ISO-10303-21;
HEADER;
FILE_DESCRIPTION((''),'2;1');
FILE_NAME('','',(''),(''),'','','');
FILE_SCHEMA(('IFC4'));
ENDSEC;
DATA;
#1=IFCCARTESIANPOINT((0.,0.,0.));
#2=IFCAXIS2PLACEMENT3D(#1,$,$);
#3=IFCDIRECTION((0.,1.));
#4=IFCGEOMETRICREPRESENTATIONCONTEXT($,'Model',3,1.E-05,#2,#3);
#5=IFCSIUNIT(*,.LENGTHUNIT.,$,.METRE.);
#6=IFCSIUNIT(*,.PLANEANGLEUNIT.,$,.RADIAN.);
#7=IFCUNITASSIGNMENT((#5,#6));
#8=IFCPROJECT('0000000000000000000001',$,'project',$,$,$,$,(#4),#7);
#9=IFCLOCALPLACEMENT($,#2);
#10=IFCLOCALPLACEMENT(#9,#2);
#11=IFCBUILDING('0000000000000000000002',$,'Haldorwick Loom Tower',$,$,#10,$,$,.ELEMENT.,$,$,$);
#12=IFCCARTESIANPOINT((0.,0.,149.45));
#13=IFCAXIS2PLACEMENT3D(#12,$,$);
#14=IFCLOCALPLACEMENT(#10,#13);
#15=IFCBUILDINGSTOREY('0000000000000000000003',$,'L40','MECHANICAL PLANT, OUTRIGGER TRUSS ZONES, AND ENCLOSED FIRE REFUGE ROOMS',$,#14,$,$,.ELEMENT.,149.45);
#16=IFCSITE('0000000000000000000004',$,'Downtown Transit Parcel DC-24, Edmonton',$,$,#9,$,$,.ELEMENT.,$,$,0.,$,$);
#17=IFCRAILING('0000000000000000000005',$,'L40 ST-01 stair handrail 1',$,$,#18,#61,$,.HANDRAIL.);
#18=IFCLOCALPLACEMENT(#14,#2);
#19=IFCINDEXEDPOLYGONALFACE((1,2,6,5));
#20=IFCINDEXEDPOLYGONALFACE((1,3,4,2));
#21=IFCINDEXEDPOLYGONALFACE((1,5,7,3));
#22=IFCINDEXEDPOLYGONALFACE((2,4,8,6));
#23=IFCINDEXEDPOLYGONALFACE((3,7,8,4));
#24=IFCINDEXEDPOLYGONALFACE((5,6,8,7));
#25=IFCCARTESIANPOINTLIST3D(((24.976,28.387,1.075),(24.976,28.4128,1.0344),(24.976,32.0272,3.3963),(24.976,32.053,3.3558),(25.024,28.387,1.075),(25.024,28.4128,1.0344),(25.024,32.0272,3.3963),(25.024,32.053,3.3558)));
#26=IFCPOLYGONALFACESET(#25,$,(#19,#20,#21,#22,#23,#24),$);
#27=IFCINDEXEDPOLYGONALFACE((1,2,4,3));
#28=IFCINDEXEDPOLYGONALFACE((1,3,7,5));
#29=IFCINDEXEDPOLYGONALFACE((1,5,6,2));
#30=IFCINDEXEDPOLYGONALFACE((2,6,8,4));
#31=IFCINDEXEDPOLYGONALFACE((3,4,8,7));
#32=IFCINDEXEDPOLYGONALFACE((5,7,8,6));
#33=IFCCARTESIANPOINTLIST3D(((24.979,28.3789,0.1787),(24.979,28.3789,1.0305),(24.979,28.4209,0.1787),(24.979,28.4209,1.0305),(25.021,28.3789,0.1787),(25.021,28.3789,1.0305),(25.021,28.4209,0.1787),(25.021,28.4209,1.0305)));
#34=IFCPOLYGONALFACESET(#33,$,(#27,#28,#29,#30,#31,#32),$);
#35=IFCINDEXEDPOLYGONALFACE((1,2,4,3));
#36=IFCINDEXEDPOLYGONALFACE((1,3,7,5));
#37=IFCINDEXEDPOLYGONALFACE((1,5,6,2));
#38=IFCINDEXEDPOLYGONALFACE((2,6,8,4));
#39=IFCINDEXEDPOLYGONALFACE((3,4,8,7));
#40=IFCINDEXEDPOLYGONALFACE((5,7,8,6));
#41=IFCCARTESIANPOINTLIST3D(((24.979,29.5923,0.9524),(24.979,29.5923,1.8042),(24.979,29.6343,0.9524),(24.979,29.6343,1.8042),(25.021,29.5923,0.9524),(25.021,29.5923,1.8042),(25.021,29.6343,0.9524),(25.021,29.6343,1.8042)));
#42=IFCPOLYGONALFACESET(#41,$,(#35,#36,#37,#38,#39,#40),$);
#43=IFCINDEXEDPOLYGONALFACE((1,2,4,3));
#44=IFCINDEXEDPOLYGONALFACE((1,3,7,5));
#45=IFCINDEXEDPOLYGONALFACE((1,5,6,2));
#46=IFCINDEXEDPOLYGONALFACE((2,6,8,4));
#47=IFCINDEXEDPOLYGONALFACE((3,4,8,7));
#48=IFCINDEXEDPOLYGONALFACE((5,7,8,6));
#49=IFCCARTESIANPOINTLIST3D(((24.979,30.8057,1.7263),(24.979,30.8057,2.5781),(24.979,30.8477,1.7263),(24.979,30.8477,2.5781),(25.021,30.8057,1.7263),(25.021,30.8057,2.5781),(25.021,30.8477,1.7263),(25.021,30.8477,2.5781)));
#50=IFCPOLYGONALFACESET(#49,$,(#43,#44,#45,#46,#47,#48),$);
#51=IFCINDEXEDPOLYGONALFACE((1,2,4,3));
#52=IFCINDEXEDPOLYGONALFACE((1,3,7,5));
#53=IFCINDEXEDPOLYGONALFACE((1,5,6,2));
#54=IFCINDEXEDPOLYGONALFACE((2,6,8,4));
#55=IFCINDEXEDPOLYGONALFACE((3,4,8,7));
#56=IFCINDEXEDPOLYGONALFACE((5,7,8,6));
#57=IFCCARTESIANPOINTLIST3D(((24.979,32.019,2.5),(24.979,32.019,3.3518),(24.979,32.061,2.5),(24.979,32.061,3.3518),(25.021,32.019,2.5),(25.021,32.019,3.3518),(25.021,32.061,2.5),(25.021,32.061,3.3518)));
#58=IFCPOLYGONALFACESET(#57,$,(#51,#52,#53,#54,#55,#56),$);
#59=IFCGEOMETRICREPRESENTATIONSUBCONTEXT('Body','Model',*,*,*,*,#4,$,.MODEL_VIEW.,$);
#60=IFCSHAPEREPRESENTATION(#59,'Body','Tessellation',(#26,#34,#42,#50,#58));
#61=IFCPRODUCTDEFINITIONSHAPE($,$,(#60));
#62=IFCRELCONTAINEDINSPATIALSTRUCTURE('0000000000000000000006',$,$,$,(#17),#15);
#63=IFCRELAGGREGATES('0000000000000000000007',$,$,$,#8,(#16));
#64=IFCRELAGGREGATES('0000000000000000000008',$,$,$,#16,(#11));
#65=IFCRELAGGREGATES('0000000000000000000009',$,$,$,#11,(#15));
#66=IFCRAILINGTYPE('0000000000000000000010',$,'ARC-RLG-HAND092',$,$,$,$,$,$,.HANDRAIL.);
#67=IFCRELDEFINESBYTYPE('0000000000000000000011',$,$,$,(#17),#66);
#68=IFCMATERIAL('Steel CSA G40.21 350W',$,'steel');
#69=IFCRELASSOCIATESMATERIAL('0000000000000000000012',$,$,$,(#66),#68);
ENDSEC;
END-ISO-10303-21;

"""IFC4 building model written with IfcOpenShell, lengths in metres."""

from ifc_helpers import new_model, si_unit, direction, frame, origin, origin_2d, place, context, subcontext, project, spatial, rectangle, extrude, material, type_object, element, save


model = new_model("IFC4")

# Units and contexts
model_context = context("Model", 3, precision=1e-05, world=origin(), true_north=direction((0.0, 1.0)))
body_context = subcontext(model_context, "Body", "Model", "MODEL_VIEW")
ifc_project = project(units=[si_unit("LENGTHUNIT", "METRE"), si_unit("PLANEANGLEUNIT", "RADIAN")], contexts=[model_context])

# Site, building, storey
site_placement = place(None, origin())
site = spatial("IfcSite", under=ifc_project, at=site_placement, Name="Downtown Transit Parcel DC-24, Edmonton", CompositionType="ELEMENT", RefElevation=0.0)
building_placement = place(site_placement, origin())
building = spatial("IfcBuilding", under=site, at=building_placement, Name="Haldorwick Loom Tower", CompositionType="ELEMENT")
storey_placement = place(building_placement, frame((0.0, 0.0, 149.45)))
storey = spatial("IfcBuildingStorey", under=building, at=storey_placement, Name="L40", Description="MECHANICAL PLANT, OUTRIGGER TRUSS ZONES, AND ENCLOSED FIRE REFUGE ROOMS", CompositionType="ELEMENT", Elevation=149.45)

# Railing
ifc_material_1 = material(Name="Steel CSA G40.21 350W", Category="steel")
railing_type_1 = type_object("IfcRailingType", Name="ARC-RLG-HAND092", PredefinedType="HANDRAIL", material=ifc_material_1)
railing_1_placement = place(storey_placement, frame((25.0, 28.3999, 0.1787)))
element("IfcRailing", 1, at=railing_1_placement, inside=storey, type_object=railing_type_1, Name="L40 ST-01 stair handrail 1", PredefinedType="HANDRAIL", context=body_context, shape_type="SweptSolid", body=[
    extrude(rectangle(XDim=0.0481, YDim=0.0481, at=origin_2d()), frame((0.0, 0.0, 0.876), z_axis=(0.0, 0.843153, 0.537673), x_axis=(-1.0, 0.0, 0.0)), (0.0, 0.0, 1.0), 4.3174),
    extrude(rectangle(XDim=0.042, YDim=0.042, at=origin_2d()), origin(), (0.0, 0.0, 1.0), 0.8518),
    extrude(rectangle(XDim=0.042, YDim=0.042, at=origin_2d()), frame((0.0, 1.2134, 0.7737)), (0.0, 0.0, 1.0), 0.8518),
    extrude(rectangle(XDim=0.042, YDim=0.042, at=origin_2d()), frame((0.0, 2.4268, 1.5476)), (0.0, 0.0, 1.0), 0.8518),
    extrude(rectangle(XDim=0.042, YDim=0.042, at=origin_2d()), frame((0.0, 3.6401, 2.3213)), (0.0, 0.0, 1.0), 0.8518),
])

save(model, "model.ifc")
